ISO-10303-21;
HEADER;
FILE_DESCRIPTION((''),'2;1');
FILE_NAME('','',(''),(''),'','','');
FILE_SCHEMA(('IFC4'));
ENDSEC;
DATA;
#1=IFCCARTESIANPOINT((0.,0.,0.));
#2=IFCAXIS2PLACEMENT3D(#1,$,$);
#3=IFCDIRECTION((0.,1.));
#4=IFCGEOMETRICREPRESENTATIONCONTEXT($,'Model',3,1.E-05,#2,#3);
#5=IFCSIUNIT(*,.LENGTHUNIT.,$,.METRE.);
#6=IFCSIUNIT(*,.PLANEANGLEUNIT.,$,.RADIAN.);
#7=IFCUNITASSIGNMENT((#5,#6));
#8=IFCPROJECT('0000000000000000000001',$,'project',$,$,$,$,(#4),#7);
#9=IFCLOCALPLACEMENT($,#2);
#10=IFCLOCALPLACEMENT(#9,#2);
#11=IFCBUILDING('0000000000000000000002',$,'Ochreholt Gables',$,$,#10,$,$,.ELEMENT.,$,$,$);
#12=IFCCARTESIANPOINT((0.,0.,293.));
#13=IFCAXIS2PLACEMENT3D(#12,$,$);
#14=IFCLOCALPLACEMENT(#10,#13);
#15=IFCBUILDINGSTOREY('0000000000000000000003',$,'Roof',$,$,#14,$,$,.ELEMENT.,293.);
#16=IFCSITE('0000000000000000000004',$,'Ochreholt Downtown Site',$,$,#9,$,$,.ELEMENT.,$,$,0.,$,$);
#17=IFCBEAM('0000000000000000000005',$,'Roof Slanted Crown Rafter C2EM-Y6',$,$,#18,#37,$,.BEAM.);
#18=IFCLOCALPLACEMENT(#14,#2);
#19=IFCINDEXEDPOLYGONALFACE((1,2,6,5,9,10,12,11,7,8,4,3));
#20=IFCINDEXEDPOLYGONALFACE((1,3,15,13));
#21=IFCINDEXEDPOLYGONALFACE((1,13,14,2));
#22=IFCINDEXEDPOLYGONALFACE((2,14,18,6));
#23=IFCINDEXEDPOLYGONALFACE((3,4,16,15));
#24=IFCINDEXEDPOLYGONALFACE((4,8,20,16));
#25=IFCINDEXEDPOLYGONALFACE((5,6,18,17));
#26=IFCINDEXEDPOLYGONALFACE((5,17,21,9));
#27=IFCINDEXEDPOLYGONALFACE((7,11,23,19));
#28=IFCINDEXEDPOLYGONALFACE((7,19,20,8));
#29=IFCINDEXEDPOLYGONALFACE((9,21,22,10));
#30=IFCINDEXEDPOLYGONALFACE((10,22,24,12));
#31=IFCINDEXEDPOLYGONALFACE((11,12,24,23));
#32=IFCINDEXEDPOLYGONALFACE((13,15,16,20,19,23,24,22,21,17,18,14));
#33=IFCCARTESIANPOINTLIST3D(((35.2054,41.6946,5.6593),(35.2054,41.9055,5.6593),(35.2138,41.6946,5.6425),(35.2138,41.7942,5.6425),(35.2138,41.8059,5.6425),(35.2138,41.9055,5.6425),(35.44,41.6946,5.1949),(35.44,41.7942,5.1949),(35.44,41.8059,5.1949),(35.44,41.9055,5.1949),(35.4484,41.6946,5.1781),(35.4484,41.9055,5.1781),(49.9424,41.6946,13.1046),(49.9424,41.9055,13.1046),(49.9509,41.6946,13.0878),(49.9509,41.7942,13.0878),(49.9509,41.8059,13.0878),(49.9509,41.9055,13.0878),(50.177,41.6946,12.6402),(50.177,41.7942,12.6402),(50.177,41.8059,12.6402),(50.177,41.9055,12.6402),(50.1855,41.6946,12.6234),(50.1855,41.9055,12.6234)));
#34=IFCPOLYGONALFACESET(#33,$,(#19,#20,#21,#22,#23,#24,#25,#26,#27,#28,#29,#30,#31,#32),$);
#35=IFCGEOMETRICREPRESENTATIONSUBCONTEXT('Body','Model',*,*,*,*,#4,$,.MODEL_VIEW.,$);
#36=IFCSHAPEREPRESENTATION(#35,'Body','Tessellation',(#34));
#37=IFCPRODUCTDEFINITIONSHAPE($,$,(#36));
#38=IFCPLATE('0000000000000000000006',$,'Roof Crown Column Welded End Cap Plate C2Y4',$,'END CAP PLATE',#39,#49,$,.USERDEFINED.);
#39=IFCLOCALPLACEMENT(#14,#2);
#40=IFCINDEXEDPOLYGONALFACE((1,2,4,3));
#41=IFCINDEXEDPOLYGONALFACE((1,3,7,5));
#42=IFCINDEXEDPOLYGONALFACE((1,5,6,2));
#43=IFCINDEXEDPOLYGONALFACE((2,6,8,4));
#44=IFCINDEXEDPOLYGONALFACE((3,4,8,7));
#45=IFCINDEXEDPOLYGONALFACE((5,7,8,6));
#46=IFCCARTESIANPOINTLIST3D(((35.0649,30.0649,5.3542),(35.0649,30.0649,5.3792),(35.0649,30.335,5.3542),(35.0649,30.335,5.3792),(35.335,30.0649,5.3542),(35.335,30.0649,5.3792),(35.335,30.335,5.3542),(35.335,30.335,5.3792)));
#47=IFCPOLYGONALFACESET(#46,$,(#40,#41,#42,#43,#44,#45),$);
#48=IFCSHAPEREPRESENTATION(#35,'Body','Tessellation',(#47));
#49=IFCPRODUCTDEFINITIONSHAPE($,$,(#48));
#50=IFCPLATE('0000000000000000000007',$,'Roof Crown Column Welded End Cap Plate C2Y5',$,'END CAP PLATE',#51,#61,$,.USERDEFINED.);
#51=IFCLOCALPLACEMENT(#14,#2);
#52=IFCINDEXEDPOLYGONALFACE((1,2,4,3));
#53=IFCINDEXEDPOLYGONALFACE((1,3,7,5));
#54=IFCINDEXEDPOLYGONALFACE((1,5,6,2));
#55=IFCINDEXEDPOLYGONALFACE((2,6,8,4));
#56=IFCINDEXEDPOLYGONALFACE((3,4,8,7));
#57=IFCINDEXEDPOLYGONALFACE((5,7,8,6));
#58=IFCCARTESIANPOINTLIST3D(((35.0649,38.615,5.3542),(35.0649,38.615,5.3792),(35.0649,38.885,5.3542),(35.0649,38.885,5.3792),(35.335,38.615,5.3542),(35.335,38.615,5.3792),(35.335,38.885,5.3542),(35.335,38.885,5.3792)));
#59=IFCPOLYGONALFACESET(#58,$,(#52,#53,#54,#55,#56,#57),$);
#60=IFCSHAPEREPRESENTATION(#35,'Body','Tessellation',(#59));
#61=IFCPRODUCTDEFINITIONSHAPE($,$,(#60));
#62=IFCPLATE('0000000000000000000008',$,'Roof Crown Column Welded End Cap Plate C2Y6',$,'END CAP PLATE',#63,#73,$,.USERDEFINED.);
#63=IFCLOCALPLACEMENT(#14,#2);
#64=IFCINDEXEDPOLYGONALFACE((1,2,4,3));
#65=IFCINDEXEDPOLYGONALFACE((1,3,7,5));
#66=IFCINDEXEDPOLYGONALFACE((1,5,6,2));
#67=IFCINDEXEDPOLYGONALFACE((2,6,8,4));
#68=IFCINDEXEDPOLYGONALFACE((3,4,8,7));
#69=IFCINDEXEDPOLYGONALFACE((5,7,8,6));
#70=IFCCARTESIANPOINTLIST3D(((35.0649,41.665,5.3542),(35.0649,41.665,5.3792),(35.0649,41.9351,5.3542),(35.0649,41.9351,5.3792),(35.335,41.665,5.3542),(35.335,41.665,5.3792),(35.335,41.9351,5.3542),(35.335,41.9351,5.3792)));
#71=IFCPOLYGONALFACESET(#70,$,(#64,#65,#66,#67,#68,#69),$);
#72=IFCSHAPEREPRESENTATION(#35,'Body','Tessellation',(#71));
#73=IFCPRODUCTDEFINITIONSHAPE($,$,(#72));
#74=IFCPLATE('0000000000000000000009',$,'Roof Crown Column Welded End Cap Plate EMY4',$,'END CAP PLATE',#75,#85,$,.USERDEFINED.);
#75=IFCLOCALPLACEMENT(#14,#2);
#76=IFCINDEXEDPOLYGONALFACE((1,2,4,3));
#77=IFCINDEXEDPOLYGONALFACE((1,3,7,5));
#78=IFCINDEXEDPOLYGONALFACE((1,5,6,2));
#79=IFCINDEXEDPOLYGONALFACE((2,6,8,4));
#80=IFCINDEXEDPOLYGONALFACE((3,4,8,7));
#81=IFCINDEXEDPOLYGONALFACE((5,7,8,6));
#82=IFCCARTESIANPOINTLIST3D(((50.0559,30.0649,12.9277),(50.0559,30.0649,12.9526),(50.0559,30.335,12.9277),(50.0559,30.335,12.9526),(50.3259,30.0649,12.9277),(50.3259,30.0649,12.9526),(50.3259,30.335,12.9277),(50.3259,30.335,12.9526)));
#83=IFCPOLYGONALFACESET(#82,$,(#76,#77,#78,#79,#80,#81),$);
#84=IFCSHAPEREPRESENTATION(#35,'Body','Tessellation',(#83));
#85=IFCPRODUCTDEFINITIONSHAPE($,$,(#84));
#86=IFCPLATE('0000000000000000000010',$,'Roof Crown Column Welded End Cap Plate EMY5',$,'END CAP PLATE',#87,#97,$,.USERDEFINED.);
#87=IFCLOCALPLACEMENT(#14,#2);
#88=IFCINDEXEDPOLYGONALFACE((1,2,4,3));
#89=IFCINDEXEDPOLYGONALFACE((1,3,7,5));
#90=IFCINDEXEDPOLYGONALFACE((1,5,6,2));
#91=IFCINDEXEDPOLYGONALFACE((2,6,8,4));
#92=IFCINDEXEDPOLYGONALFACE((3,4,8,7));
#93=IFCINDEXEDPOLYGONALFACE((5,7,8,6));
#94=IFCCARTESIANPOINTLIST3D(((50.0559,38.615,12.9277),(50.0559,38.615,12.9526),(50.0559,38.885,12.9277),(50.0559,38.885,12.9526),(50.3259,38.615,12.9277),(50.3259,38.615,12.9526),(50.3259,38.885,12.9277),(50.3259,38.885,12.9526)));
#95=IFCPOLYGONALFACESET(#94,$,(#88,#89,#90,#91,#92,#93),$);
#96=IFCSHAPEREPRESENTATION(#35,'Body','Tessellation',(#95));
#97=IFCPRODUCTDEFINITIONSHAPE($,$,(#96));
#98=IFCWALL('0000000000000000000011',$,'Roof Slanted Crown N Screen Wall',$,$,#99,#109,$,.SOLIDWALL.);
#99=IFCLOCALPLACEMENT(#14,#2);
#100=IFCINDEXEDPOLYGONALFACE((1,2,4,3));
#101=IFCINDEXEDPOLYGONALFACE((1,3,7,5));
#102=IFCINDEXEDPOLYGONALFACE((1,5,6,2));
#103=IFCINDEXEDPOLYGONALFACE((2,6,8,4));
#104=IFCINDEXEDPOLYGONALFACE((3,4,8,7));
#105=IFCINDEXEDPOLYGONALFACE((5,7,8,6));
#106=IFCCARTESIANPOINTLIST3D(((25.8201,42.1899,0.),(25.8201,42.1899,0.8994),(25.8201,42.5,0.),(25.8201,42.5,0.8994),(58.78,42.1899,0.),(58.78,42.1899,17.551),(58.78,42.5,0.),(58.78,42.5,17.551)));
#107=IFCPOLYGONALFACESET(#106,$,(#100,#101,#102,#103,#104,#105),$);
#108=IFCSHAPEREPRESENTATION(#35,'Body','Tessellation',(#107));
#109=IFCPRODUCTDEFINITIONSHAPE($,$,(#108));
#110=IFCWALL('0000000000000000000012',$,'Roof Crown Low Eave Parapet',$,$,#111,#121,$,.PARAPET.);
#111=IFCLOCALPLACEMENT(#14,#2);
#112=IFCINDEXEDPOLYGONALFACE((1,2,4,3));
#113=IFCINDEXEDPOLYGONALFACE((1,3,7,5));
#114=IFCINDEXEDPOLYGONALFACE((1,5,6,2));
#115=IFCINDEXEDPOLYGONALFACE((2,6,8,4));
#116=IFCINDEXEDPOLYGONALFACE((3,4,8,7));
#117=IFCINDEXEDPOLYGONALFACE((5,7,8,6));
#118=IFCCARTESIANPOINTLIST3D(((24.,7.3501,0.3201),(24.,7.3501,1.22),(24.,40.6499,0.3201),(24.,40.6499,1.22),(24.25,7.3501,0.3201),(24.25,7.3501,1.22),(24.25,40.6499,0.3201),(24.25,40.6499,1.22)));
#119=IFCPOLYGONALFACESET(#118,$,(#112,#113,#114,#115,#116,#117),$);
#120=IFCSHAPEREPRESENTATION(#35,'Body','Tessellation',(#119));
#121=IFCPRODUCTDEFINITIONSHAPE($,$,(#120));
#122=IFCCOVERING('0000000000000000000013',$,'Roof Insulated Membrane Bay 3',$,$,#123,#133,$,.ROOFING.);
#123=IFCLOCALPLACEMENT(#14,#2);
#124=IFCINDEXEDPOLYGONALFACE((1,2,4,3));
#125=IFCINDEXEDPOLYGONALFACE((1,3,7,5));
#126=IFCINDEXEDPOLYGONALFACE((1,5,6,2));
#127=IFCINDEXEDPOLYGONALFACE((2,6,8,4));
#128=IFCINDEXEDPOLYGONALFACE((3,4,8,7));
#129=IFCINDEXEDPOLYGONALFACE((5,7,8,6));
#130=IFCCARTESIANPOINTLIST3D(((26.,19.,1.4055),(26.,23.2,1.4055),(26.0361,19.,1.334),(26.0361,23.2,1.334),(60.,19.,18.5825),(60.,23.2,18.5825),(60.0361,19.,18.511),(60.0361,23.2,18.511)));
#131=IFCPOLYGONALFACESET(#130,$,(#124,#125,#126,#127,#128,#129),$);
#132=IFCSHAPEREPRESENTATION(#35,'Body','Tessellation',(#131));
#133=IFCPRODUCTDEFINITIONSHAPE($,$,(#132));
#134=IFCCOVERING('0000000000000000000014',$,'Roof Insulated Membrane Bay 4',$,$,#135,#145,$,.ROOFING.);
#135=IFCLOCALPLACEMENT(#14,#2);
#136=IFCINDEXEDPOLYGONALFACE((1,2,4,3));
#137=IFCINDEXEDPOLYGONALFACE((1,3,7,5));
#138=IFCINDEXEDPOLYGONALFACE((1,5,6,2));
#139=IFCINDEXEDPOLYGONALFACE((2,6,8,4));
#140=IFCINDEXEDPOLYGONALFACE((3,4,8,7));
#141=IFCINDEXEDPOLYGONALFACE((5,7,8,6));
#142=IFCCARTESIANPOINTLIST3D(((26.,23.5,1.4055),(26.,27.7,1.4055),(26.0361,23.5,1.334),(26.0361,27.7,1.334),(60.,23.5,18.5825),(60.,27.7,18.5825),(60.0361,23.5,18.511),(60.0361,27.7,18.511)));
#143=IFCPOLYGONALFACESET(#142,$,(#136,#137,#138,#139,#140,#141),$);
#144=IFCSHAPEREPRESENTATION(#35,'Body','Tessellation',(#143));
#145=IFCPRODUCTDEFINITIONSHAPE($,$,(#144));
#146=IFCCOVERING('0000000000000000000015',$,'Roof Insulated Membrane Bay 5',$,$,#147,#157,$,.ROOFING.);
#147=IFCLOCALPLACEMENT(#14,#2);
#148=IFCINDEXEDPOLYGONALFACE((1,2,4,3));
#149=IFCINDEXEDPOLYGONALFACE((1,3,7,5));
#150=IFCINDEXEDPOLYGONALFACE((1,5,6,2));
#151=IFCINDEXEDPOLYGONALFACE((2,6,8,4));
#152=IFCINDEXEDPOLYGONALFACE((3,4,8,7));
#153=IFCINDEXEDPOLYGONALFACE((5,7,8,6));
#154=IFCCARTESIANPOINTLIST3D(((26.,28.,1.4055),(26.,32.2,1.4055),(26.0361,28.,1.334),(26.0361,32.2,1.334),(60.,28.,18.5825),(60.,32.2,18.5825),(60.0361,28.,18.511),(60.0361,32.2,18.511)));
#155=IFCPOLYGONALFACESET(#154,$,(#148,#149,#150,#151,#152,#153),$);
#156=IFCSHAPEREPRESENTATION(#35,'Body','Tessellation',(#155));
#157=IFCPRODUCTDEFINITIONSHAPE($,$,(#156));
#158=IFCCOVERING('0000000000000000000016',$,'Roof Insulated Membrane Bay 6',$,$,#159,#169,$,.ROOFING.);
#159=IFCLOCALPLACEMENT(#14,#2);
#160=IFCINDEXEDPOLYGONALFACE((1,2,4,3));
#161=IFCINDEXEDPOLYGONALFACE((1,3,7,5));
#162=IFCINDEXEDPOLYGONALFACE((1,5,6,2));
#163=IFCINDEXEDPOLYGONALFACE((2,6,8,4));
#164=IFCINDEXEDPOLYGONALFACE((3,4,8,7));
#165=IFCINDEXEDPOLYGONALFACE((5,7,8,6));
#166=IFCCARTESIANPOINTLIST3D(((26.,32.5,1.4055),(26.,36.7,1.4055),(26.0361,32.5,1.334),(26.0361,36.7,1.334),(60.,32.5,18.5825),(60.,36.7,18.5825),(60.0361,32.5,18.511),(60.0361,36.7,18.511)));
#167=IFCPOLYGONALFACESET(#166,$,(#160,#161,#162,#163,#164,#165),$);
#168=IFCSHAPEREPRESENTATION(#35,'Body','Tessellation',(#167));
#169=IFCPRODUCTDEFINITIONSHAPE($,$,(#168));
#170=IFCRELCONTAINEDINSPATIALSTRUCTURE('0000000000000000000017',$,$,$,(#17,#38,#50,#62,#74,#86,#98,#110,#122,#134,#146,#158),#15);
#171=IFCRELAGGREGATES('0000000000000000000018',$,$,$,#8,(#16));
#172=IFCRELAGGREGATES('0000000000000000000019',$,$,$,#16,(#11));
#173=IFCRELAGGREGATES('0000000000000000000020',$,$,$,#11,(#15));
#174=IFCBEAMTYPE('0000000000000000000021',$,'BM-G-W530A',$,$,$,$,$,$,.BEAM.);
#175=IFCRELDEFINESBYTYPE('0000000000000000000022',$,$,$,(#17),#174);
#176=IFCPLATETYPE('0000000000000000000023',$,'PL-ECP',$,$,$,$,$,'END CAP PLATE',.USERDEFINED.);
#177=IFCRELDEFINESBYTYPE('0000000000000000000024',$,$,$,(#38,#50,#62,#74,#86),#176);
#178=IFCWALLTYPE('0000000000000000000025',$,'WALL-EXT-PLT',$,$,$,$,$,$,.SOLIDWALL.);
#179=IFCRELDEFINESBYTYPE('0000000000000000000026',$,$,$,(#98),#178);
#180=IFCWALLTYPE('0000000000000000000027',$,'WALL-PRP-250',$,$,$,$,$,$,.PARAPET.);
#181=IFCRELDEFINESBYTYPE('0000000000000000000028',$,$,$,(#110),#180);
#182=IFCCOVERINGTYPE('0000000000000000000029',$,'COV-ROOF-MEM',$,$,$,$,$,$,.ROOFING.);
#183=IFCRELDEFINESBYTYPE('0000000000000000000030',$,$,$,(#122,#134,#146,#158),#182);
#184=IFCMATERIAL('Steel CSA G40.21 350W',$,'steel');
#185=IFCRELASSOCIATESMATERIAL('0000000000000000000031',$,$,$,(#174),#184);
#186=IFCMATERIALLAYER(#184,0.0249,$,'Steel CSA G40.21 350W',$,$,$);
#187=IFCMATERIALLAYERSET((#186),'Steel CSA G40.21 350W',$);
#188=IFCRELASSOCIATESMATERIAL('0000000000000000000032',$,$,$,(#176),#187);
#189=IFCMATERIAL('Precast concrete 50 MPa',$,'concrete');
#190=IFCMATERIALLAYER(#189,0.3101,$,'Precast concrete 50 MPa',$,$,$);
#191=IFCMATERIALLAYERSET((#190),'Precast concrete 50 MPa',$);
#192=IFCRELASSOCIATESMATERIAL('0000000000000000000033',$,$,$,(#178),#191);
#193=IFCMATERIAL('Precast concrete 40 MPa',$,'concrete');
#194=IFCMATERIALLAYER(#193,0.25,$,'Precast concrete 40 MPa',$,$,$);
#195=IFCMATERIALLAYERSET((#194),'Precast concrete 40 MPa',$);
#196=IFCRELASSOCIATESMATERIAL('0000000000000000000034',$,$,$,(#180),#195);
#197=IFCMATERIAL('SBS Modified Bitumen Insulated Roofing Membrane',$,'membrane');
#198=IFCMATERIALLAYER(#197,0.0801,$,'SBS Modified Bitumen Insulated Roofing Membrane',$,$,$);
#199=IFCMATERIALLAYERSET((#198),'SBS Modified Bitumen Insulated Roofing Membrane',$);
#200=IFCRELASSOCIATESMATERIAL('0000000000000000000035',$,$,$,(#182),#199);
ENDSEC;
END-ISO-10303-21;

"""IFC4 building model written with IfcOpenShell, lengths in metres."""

from ifc_helpers import new_model, si_unit, direction, frame, frame_2d, origin, origin_2d, place, context, subcontext, project, spatial, polyline, rectangle, i_section, outline, extrude, material, layer, layer_set, material_profile, profile_set, type_object, element, save


model = new_model("IFC4")

# Units and contexts
model_context = context("Model", 3, precision=1e-05, world=origin(), true_north=direction((0.0, 1.0)))
body_context = subcontext(model_context, "Body", "Model", "MODEL_VIEW")
ifc_project = project(units=[si_unit("LENGTHUNIT", "METRE"), si_unit("PLANEANGLEUNIT", "RADIAN")], contexts=[model_context])

# Site, building, storey
site_placement = place(None, origin())
site = spatial("IfcSite", under=ifc_project, at=site_placement, Name="Ochreholt Downtown Site", CompositionType="ELEMENT", RefElevation=0.0)
building_placement = place(site_placement, origin())
building = spatial("IfcBuilding", under=site, at=building_placement, Name="Ochreholt Gables", CompositionType="ELEMENT")
storey_placement = place(building_placement, frame((0.0, 0.0, 293.0)))
storey = spatial("IfcBuildingStorey", under=building, at=storey_placement, Name="Roof", CompositionType="ELEMENT", Elevation=293.0)

# Shared definitions
ifc_material_1 = material(Name="Steel CSA G40.21 350W", Category="steel")

# Beam
ifc_material_profile_1 = material_profile(ifc_material_1, i_section(OverallWidth=0.2109, OverallDepth=0.5391, WebThickness=0.0117, FlangeThickness=0.0188, at=origin_2d()), Name="W530X109")
ifc_profile_set_1 = profile_set([ifc_material_profile_1], Name="Steel CSA G40.21 350W")
beam_type_1 = type_object("IfcBeamType", Name="BM-G-W530A", PredefinedType="BEAM", material=ifc_profile_set_1)
for number, where, z_axis, x_axis, name in (
    (1, (35.3269, 41.8, 5.4187), (0.892559, 0.0, 0.45093), (0.0, 1.0, 0.0), "Roof Slanted Crown Rafter C2EM-Y6"),
):
    element("IfcBeam", number, at=place(storey_placement, frame(where, z_axis=z_axis, x_axis=x_axis)), inside=storey, type_object=beam_type_1, Name=name, PredefinedType="BEAM", context=body_context, shape_type="SweptSolid", body=[
        extrude(i_section(OverallWidth=0.2109, OverallDepth=0.5391, WebThickness=0.0117, FlangeThickness=0.0188, at=origin_2d()), origin(), (0.0, 0.0, 1.0), 16.511),
    ])

# Plates
ifc_layer_1 = layer(ifc_material_1, 0.0249, Name="Steel CSA G40.21 350W")
ifc_layer_set_1 = layer_set([ifc_layer_1], Name="Steel CSA G40.21 350W")
plate_type = type_object("IfcPlateType", Name="PL-ECP", ElementType="END CAP PLATE", PredefinedType="USERDEFINED", material=ifc_layer_set_1)
for number, where, z_axis, x_axis, name in (
    (2, (35.2, 30.2, 5.3542), (0.0, 0.0, 1.0), (1.0, 0.0, 0.0), "Roof Crown Column Welded End Cap Plate C2Y4"),
    (3, (35.2, 38.75, 5.3542), (0.0, 0.0, 1.0), (1.0, 0.0, 0.0), "Roof Crown Column Welded End Cap Plate C2Y5"),
    (4, (35.2, 41.8, 5.3542), (0.0, 0.0, 1.0), (1.0, 0.0, 0.0), "Roof Crown Column Welded End Cap Plate C2Y6"),
    (5, (50.1909, 30.2, 12.9277), (0.0, 0.0, 1.0), (1.0, 0.0, 0.0), "Roof Crown Column Welded End Cap Plate EMY4"),
    (6, (50.1909, 38.75, 12.9277), (0.0, 0.0, 1.0), (1.0, 0.0, 0.0), "Roof Crown Column Welded End Cap Plate EMY5"),
):
    element("IfcPlate", number, at=place(storey_placement, frame(where, z_axis=z_axis, x_axis=x_axis)), inside=storey, type_object=plate_type, Name=name, ObjectType="END CAP PLATE", PredefinedType="USERDEFINED", context=body_context, shape_type="SweptSolid", body=[
        extrude(rectangle(XDim=0.27, YDim=0.27, at=origin_2d()), origin(), (0.0, 0.0, 1.0), 0.0249),
    ])

# Walls
ifc_material_2 = material(Name="Precast concrete 50 MPa", Category="concrete")
ifc_layer_2 = layer(ifc_material_2, 0.3101, Name="Precast concrete 50 MPa")
ifc_layer_set_2 = layer_set([ifc_layer_2], Name="Precast concrete 50 MPa")
wall_type_1 = type_object("IfcWallType", Name="WALL-EXT-PLT", PredefinedType="SOLIDWALL", material=ifc_layer_set_2)
wall_1_placement = place(storey_placement, frame((25.8201, 42.345, 0.0), z_axis=(0.0, 0.0, 1.0), x_axis=(1.0, 0.0, 0.0)))
element("IfcWall", 7, at=wall_1_placement, inside=storey, type_object=wall_type_1, Name="Roof Slanted Crown N Screen Wall", PredefinedType="SOLIDWALL", context=body_context, shape_type="SweptSolid", body=[
    extrude(outline(polyline([(0.0, 0.0), (32.96, 0.0), (32.96, 17.551), (0.0, 0.8994), (0.0, 0.0)])), frame((0.0, 0.155, 0.0), z_axis=(0.0, -1.0, 0.0), x_axis=(1.0, 0.0, 0.0)), (0.0, 0.0, 1.0), 0.3101),
])
ifc_material_3 = material(Name="Precast concrete 40 MPa", Category="concrete")
ifc_layer_3 = layer(ifc_material_3, 0.25, Name="Precast concrete 40 MPa")
ifc_layer_set_3 = layer_set([ifc_layer_3], Name="Precast concrete 40 MPa")
wall_type_2 = type_object("IfcWallType", Name="WALL-PRP-250", PredefinedType="PARAPET", material=ifc_layer_set_3)
wall_2_placement = place(storey_placement, frame((24.125, 40.6499, 0.3201), z_axis=(0.0, 0.0, 1.0), x_axis=(0.0, -1.0, 0.0)))
element("IfcWall", 8, at=wall_2_placement, inside=storey, type_object=wall_type_2, Name="Roof Crown Low Eave Parapet", PredefinedType="PARAPET", context=body_context, shape_type="SweptSolid", body=[
    extrude(rectangle(XDim=33.2998, YDim=0.25, at=frame_2d((16.6499, 0.0))), origin(), (0.0, 0.0, 1.0), 0.8999),
])

# Coverings
ifc_material_4 = material(Name="SBS Modified Bitumen Insulated Roofing Membrane", Category="membrane")
ifc_layer_4 = layer(ifc_material_4, 0.0801, Name="SBS Modified Bitumen Insulated Roofing Membrane")
ifc_layer_set_4 = layer_set([ifc_layer_4], Name="SBS Modified Bitumen Insulated Roofing Membrane")
covering_type = type_object("IfcCoveringType", Name="COV-ROOF-MEM", PredefinedType="ROOFING", material=ifc_layer_set_4)
for number, where, z_axis, x_axis, name in (
    (9, (26.0, 19.0, 1.4055), (-0.450927, 0.0, 0.892561), (0.892561, 0.0, 0.450927), "Roof Insulated Membrane Bay 3"),
    (10, (26.0, 23.5, 1.4055), (-0.450927, 0.0, 0.892561), (0.892561, 0.0, 0.450927), "Roof Insulated Membrane Bay 4"),
    (11, (26.0, 28.0, 1.4055), (-0.450927, 0.0, 0.892561), (0.892561, 0.0, 0.450927), "Roof Insulated Membrane Bay 5"),
    (12, (26.0, 32.5, 1.4055), (-0.450927, 0.0, 0.892561), (0.892561, 0.0, 0.450927), "Roof Insulated Membrane Bay 6"),
):
    element("IfcCovering", number, at=place(storey_placement, frame(where, z_axis=z_axis, x_axis=x_axis)), inside=storey, type_object=covering_type, Name=name, PredefinedType="ROOFING", context=body_context, shape_type="SweptSolid", body=[
        extrude(outline(polyline([(0.0, 0.0), (38.0926, 0.0), (38.0926, 4.2), (0.0, 4.2), (0.0, 0.0)])), origin(), (0.0, 0.0, -1.0), 0.0801),
    ])

save(model, "model.ifc")
